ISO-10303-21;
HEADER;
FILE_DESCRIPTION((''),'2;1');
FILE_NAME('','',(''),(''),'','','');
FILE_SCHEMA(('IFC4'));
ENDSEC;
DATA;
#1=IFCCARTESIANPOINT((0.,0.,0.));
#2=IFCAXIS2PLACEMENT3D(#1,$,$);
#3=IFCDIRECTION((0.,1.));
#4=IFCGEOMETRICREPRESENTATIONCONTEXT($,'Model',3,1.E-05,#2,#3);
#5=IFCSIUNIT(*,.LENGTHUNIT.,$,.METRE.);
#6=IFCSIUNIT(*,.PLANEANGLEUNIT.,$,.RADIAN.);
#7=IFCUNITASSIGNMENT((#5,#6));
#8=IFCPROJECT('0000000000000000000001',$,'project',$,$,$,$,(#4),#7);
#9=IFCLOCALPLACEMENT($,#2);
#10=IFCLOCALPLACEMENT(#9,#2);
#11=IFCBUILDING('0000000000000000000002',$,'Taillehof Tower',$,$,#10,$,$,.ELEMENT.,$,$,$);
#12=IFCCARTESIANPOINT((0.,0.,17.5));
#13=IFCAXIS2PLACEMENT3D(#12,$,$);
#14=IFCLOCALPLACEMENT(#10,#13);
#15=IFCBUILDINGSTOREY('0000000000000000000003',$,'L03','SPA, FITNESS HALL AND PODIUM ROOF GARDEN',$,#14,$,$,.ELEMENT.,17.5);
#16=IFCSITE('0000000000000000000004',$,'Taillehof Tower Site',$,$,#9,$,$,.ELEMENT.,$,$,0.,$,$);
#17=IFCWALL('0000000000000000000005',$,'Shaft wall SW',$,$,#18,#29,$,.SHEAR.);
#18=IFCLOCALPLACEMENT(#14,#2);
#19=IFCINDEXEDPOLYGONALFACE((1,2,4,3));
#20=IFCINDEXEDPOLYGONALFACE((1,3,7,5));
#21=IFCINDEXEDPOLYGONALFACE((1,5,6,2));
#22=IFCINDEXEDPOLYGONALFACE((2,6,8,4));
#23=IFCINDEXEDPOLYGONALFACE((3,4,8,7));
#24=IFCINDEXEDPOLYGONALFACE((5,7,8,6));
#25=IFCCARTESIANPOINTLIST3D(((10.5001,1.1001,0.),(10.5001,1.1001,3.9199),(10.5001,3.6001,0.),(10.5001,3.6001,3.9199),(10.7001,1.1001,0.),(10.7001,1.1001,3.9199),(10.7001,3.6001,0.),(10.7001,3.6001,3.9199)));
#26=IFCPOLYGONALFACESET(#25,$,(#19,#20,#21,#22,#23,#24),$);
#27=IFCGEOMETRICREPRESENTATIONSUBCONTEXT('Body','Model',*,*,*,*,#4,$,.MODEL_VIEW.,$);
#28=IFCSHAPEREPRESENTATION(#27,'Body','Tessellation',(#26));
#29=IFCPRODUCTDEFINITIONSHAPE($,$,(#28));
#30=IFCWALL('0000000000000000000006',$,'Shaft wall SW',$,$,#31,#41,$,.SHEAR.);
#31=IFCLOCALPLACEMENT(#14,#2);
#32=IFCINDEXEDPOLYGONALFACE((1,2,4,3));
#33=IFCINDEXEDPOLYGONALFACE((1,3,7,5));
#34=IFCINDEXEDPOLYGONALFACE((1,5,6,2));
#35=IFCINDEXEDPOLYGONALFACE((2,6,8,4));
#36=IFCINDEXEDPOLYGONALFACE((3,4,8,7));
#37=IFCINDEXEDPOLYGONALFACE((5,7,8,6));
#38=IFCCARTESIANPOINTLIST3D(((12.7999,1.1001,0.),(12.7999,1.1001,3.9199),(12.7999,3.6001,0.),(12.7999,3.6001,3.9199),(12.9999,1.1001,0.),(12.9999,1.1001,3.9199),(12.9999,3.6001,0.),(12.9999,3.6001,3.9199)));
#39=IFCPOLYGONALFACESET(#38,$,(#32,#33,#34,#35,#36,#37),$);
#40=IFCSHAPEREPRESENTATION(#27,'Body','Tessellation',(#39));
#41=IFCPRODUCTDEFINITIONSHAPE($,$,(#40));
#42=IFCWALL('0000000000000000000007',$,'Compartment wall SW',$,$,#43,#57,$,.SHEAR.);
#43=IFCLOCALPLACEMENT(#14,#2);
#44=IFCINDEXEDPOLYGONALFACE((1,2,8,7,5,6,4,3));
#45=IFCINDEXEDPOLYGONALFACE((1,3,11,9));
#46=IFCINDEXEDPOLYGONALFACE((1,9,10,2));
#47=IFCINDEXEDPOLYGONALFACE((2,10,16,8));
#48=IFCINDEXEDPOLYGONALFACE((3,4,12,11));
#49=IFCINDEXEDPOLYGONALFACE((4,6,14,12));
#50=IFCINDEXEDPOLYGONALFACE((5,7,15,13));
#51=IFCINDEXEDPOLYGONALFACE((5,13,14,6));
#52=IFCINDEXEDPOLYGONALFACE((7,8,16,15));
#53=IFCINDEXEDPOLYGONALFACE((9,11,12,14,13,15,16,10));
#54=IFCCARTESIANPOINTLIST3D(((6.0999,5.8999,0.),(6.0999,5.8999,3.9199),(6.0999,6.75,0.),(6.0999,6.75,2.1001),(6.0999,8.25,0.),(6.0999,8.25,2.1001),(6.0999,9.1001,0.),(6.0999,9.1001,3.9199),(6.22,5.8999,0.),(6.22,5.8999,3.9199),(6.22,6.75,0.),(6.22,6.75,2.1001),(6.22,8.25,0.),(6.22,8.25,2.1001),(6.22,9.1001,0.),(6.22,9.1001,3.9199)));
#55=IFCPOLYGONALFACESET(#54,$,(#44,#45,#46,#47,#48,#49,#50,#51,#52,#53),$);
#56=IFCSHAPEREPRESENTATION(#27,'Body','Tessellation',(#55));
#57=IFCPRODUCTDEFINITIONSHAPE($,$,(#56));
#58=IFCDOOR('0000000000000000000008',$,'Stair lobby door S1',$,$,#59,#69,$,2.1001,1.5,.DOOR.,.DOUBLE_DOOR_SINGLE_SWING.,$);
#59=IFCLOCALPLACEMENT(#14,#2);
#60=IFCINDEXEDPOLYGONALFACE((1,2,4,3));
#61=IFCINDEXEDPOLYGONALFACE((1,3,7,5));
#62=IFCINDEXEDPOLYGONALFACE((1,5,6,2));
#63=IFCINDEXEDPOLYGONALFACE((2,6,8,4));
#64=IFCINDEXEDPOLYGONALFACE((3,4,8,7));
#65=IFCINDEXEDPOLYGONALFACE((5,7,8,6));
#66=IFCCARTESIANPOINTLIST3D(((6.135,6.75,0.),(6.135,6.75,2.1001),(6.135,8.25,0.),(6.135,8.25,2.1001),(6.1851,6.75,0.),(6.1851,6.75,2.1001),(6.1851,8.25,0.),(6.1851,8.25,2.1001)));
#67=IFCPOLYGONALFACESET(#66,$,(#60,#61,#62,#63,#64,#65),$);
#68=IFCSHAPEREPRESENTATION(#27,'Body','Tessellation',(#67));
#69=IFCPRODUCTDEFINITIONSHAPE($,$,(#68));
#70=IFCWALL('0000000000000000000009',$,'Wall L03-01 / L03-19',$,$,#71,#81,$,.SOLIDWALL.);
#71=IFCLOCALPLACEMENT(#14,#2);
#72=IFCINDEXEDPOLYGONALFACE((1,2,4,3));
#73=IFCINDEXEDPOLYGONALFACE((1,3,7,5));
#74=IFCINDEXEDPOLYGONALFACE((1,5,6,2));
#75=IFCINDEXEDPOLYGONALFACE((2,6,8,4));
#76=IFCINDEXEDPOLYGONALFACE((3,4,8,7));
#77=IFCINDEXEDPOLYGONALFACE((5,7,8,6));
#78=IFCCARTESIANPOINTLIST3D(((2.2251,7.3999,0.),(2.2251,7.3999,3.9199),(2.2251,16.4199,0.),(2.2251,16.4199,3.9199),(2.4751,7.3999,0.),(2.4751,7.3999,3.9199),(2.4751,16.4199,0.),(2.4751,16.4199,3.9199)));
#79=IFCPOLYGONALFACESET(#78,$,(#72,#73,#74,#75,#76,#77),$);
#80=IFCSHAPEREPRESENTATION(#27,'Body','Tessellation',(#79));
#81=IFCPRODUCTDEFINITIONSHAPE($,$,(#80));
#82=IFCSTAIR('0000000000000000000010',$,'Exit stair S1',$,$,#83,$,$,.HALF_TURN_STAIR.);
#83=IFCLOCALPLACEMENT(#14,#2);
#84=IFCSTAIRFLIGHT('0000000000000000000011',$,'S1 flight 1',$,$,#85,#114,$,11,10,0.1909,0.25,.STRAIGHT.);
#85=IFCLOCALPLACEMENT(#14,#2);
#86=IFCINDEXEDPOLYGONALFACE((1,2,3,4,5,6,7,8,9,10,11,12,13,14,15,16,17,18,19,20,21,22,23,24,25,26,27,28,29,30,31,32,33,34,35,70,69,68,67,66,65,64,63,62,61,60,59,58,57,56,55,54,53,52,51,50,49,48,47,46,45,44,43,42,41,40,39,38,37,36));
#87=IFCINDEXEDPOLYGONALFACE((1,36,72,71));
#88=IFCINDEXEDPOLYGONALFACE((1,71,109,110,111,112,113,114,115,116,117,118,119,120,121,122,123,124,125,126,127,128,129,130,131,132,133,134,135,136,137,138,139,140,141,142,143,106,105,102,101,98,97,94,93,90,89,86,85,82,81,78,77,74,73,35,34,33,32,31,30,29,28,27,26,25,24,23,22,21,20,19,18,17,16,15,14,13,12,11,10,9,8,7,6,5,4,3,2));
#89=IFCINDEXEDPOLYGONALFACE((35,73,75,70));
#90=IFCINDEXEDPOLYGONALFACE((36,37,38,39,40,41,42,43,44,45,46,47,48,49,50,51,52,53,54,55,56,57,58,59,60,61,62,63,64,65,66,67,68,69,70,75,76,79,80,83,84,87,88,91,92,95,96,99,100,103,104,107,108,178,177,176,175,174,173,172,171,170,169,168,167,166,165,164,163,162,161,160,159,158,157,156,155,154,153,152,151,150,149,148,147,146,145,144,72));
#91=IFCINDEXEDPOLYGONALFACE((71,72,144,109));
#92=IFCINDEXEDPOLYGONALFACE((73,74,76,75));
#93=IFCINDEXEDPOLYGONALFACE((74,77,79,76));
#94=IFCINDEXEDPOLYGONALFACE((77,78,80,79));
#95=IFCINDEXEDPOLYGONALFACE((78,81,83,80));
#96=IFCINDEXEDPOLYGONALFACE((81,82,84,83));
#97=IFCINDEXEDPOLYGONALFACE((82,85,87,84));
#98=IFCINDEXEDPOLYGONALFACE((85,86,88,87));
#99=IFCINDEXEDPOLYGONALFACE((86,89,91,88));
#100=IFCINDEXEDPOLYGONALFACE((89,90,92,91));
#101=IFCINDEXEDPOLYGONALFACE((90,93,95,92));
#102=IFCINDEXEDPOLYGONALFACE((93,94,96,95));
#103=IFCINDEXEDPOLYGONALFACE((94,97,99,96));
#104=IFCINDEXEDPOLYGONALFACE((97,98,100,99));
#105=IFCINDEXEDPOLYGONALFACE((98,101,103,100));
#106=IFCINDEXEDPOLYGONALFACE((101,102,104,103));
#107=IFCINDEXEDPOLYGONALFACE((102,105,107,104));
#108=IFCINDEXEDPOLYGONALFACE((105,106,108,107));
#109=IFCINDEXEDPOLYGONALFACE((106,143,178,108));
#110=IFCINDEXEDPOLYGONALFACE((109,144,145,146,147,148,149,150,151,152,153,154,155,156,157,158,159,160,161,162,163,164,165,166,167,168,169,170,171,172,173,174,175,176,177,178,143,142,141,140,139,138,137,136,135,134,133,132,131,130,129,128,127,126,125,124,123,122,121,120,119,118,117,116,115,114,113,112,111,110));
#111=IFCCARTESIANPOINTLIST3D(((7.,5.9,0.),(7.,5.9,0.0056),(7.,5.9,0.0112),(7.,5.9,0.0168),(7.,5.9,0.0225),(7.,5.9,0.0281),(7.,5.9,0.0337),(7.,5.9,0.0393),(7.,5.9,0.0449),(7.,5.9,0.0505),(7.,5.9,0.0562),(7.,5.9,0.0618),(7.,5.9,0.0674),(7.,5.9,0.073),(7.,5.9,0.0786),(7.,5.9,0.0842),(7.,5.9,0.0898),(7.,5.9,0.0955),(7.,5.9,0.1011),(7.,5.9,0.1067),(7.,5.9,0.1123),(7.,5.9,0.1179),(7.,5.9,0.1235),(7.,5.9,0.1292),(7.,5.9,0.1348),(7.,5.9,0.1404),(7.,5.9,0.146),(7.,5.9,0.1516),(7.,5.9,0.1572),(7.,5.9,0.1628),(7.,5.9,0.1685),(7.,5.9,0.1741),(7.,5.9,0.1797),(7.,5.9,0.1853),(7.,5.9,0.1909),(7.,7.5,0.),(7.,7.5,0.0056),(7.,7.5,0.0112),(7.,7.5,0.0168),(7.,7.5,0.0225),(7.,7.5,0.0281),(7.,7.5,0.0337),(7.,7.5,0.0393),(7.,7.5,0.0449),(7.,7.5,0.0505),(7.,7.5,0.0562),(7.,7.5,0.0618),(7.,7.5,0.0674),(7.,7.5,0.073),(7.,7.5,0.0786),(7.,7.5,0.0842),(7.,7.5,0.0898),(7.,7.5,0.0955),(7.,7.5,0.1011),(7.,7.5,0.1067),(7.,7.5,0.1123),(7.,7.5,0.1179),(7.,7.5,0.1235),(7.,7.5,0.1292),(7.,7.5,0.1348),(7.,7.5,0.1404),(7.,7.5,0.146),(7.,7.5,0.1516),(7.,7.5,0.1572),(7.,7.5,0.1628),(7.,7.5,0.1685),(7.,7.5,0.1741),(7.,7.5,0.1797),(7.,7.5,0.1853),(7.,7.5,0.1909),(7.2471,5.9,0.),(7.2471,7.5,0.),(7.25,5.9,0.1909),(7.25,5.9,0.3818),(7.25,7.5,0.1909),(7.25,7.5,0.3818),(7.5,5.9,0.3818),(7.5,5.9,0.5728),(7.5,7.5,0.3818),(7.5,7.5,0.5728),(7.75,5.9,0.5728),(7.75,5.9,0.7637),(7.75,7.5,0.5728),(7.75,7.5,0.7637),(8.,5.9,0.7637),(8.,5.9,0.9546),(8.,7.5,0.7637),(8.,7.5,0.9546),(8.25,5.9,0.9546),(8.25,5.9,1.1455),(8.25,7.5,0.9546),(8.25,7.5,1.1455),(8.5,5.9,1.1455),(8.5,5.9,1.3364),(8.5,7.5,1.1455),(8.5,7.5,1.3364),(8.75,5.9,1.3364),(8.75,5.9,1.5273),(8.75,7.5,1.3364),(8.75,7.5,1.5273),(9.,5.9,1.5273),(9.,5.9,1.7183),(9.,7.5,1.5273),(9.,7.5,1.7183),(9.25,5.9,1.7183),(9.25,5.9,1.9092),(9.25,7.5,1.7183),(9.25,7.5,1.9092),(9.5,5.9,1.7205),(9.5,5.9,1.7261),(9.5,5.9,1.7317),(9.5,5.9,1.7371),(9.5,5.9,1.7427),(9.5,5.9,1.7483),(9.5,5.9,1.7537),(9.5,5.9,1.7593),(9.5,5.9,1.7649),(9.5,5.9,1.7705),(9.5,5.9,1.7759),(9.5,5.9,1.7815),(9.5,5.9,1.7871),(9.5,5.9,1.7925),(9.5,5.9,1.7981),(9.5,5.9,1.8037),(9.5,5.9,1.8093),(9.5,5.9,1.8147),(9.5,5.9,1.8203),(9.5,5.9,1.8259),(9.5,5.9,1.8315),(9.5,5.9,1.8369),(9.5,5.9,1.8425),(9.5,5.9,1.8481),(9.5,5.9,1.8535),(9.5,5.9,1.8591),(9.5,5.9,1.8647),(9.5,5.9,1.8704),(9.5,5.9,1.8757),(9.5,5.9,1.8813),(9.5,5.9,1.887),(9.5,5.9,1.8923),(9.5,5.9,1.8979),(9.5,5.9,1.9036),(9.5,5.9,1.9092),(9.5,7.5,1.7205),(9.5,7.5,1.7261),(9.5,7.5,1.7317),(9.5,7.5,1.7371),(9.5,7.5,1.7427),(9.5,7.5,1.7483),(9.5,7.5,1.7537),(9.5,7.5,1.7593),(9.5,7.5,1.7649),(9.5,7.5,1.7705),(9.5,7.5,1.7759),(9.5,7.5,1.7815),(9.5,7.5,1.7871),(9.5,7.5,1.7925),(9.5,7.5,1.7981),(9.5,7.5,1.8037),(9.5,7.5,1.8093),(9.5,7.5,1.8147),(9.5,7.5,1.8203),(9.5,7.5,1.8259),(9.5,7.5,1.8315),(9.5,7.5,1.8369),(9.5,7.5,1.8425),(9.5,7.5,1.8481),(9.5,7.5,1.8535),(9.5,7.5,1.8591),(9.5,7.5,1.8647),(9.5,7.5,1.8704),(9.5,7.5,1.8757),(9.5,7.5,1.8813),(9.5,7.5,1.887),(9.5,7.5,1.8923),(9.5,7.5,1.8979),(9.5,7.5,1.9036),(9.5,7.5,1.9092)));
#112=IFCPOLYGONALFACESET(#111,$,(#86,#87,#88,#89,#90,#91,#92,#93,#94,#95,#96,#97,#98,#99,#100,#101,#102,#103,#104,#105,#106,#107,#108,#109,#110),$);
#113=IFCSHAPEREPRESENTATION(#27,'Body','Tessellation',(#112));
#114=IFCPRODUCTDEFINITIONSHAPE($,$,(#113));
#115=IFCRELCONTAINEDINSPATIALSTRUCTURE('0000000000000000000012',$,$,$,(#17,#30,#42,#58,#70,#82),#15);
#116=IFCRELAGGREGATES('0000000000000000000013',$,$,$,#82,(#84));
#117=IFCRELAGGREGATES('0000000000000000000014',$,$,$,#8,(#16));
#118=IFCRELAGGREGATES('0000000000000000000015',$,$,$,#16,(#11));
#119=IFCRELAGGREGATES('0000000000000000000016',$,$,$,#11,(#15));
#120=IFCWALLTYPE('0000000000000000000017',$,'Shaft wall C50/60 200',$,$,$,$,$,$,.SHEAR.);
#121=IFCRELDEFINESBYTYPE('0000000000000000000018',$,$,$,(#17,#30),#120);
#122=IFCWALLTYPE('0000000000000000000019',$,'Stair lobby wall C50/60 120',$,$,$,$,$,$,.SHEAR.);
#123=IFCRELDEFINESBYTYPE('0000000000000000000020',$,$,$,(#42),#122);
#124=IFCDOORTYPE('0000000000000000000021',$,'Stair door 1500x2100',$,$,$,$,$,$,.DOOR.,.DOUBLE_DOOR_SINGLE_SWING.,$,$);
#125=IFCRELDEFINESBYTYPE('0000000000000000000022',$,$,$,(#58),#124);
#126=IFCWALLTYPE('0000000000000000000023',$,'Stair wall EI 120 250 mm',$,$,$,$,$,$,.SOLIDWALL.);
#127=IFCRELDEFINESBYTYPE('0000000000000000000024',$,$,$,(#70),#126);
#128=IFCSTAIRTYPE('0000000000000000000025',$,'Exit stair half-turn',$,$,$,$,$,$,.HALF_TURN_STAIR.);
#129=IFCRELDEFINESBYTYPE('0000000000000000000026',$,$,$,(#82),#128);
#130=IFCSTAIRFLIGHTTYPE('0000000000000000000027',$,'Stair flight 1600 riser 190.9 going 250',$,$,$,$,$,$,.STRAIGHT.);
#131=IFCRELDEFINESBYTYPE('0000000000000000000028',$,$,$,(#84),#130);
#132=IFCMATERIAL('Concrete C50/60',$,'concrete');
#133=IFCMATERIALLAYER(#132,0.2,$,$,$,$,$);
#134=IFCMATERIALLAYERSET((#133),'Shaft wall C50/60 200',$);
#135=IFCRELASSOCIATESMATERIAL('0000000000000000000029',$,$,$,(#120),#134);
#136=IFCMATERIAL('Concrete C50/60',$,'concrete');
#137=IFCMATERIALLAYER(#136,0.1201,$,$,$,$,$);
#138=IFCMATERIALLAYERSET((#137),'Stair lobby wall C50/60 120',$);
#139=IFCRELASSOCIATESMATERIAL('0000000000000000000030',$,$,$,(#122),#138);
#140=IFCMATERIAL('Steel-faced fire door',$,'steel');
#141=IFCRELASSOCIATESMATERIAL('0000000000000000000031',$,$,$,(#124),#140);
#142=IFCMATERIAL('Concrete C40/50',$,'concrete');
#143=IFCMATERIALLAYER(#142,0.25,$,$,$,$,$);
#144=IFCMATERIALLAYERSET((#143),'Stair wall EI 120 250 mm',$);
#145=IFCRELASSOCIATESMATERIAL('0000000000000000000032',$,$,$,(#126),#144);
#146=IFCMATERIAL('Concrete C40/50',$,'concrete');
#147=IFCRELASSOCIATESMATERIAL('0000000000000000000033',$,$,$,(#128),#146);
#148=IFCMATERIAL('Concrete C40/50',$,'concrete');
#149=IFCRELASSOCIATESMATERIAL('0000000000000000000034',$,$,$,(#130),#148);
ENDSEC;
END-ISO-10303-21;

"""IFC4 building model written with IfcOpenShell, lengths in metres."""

from ifc_helpers import new_model, si_unit, direction, frame, frame_2d, origin, place, context, subcontext, project, spatial, polyline, rectangle, outline, extrude, material, layer, layer_set, type_object, element, fill, aggregate, save


model = new_model("IFC4")

# Units and contexts
model_context = context("Model", 3, precision=1e-05, world=origin(), true_north=direction((0.0, 1.0)))
body_context = subcontext(model_context, "Body", "Model", "MODEL_VIEW")
ifc_project = project(units=[si_unit("LENGTHUNIT", "METRE"), si_unit("PLANEANGLEUNIT", "RADIAN")], contexts=[model_context])

# Site, building, storey
site_placement = place(None, origin())
site = spatial("IfcSite", under=ifc_project, at=site_placement, Name="Taillehof Tower Site", CompositionType="ELEMENT", RefElevation=0.0)
building_placement = place(site_placement, origin())
building = spatial("IfcBuilding", under=site, at=building_placement, Name="Taillehof Tower", CompositionType="ELEMENT")
storey_placement = place(building_placement, frame((0.0, 0.0, 17.5)))
storey = spatial("IfcBuildingStorey", under=building, at=storey_placement, Name="L03", Description="SPA, FITNESS HALL AND PODIUM ROOF GARDEN", CompositionType="ELEMENT", Elevation=17.5)

# Shared definitions
ifc_material_1 = material(Name="Concrete C50/60", Category="concrete")
ifc_layer_1 = layer(ifc_material_1, 0.2)
ifc_layer_set_1 = layer_set([ifc_layer_1], Name="Shaft wall C50/60 200")
wall_type_1 = type_object("IfcWallType", Name="Shaft wall C50/60 200", PredefinedType="SHEAR", material=ifc_layer_set_1)

# Walls
for number, where, z_axis, x_axis, name in (
    (1, (10.6001, 1.1001, 0.0), (0.0, 0.0, 1.0), (0.0, 1.0, 0.0), "Shaft wall SW"),
    (2, (12.8999, 1.1001, 0.0), (0.0, 0.0, 1.0), (0.0, 1.0, 0.0), "Shaft wall SW"),
):
    element("IfcWall", number, at=place(storey_placement, frame(where, z_axis=z_axis, x_axis=x_axis)), inside=storey, type_object=wall_type_1, Name=name, PredefinedType="SHEAR", context=body_context, shape_type="SweptSolid", body=[
        extrude(rectangle(XDim=2.5, YDim=0.2, at=frame_2d((1.25, 0.0))), origin(), (0.0, 0.0, 1.0), 3.9199),
    ])

# Wall, opening, door
ifc_material_2 = material(Name="Concrete C50/60", Category="concrete")
ifc_layer_2 = layer(ifc_material_2, 0.1201)
ifc_layer_set_2 = layer_set([ifc_layer_2], Name="Stair lobby wall C50/60 120")
wall_type_2 = type_object("IfcWallType", Name="Stair lobby wall C50/60 120", PredefinedType="SHEAR", material=ifc_layer_set_2)
wall_1_placement = place(storey_placement, frame((6.1599, 5.8999, 0.0), z_axis=(0.0, 0.0, 1.0), x_axis=(0.0, 1.0, 0.0)))
wall_1 = element("IfcWall", 3, at=wall_1_placement, inside=storey, type_object=wall_type_2, Name="Compartment wall SW", PredefinedType="SHEAR", context=body_context, shape_type="SweptSolid", body=[
    extrude(rectangle(XDim=3.2002, YDim=0.1201, at=frame_2d((1.6001, 0.0))), origin(), (0.0, 0.0, 1.0), 3.9199),
])
opening_1_placement = place(wall_1_placement, frame((0.8501, 0.0, 0.0)))
opening_1 = element("IfcOpeningElement", 4, at=opening_1_placement, cuts=wall_1, PredefinedType="OPENING", context=body_context, shape_type="SweptSolid", body=[
    extrude(rectangle(XDim=1.5, YDim=2.1001, at=frame_2d((0.75, 1.05))), frame((0.0, 0.0701, 0.0), z_axis=(0.0, -1.0, 0.0), x_axis=(1.0, 0.0, 0.0)), (0.0, 0.0, 1.0), 0.1401),
])
ifc_material_3 = material(Name="Steel-faced fire door", Category="steel")
door_type_1 = type_object("IfcDoorType", Name="Stair door 1500x2100", OperationType="DOUBLE_DOOR_SINGLE_SWING", PredefinedType="DOOR", material=ifc_material_3)
door_1_placement = place(opening_1_placement, origin())
door_1 = element("IfcDoor", 5, at=door_1_placement, inside=storey, type_object=door_type_1, Name="Stair lobby door S1", OperationType="DOUBLE_DOOR_SINGLE_SWING", OverallHeight=2.1001, OverallWidth=1.5, PredefinedType="DOOR", context=body_context, shape_type="SweptSolid", body=[
    extrude(rectangle(XDim=1.5, YDim=2.1001, at=frame_2d((0.75, 1.05))), frame((0.0, 0.0249, 0.0), z_axis=(0.0, -1.0, 0.0), x_axis=(1.0, 0.0, 0.0)), (0.0, 0.0, 1.0), 0.05),
])
fill(opening_1, door_1)

# Wall
ifc_material_4 = material(Name="Concrete C40/50", Category="concrete")
ifc_layer_3 = layer(ifc_material_4, 0.25)
ifc_layer_set_3 = layer_set([ifc_layer_3], Name="Stair wall EI 120 250 mm")
wall_type_3 = type_object("IfcWallType", Name="Stair wall EI 120 250 mm", PredefinedType="SOLIDWALL", material=ifc_layer_set_3)
wall_2_placement = place(storey_placement, frame((2.3501, 7.3999, 0.0), z_axis=(0.0, 0.0, 1.0), x_axis=(0.0, 1.0, 0.0)))
element("IfcWall", 6, at=wall_2_placement, inside=storey, type_object=wall_type_3, Name="Wall L03-01 / L03-19", PredefinedType="SOLIDWALL", context=body_context, shape_type="SweptSolid", body=[
    extrude(rectangle(XDim=9.02, YDim=0.25, at=frame_2d((4.51, 0.0))), origin(), (0.0, 0.0, 1.0), 3.9199),
])

# Stair, stair flight
ifc_material_5 = material(Name="Concrete C40/50", Category="concrete")
stair_type = type_object("IfcStairType", Name="Exit stair half-turn", PredefinedType="HALF_TURN_STAIR", material=ifc_material_5)
stair_placement = place(storey_placement, origin())
stair = element("IfcStair", 7, at=stair_placement, inside=storey, type_object=stair_type, Name="Exit stair S1", PredefinedType="HALF_TURN_STAIR")
ifc_material_6 = material(Name="Concrete C40/50", Category="concrete")
stair_flight_type = type_object("IfcStairFlightType", Name="Stair flight 1600 riser 190.9 going 250", PredefinedType="STRAIGHT", material=ifc_material_6)
stair_flight_1_placement = place(storey_placement, frame((7.0, 6.7, 0.0), z_axis=(0.0, 0.0, 1.0), x_axis=(1.0, 0.0, 0.0)))
stair_flight_1 = element("IfcStairFlight", 8, at=stair_flight_1_placement, type_object=stair_flight_type, Name="S1 flight 1", NumberOfRisers=11, NumberOfTreads=10, PredefinedType="STRAIGHT", RiserHeight=0.1909, TreadLength=0.25, context=body_context, shape_type="SweptSolid", body=[
    extrude(outline(polyline([(0.0, 0.0), (0.0, 0.0056), (0.0, 0.0112), (0.0, 0.0168), (0.0, 0.0225), (0.0, 0.0281), (0.0, 0.0337), (0.0, 0.0393), (0.0, 0.0449), (0.0, 0.0505), (0.0, 0.0562), (0.0, 0.0618), (0.0, 0.0674), (0.0, 0.073), (0.0, 0.0786), (0.0, 0.0842), (0.0, 0.0898), (0.0, 0.0955), (0.0, 0.1011), (0.0, 0.1067), (0.0, 0.1123), (0.0, 0.1179), (0.0, 0.1235), (0.0, 0.1292), (0.0, 0.1348), (0.0, 0.1404), (0.0, 0.146), (0.0, 0.1516), (0.0, 0.1572), (0.0, 0.1628), (0.0, 0.1685), (0.0, 0.1741), (0.0, 0.1797), (0.0, 0.1853), (0.0, 0.1909), (0.25, 0.1909), (0.25, 0.3818), (0.5, 0.3818), (0.5, 0.5728), (0.75, 0.5728), (0.75, 0.7637), (1.0, 0.7637), (1.0, 0.9546), (1.25, 0.9546), (1.25, 1.1455), (1.5, 1.1455), (1.5, 1.3364), (1.75, 1.3364), (1.75, 1.5273), (2.0, 1.5273), (2.0, 1.7183), (2.25, 1.7183), (2.25, 1.9092), (2.5, 1.9092), (2.5, 1.9036), (2.5, 1.8979), (2.5, 1.8923), (2.5, 1.887), (2.5, 1.8813), (2.5, 1.8757), (2.5, 1.8704), (2.5, 1.8647), (2.5, 1.8591), (2.5, 1.8535), (2.5, 1.8481), (2.5, 1.8425), (2.5, 1.8369), (2.5, 1.8315), (2.5, 1.8259), (2.5, 1.8203), (2.5, 1.8147), (2.5, 1.8093), (2.5, 1.8037), (2.5, 1.7981), (2.5, 1.7925), (2.5, 1.7871), (2.5, 1.7815), (2.5, 1.7759), (2.5, 1.7705), (2.5, 1.7649), (2.5, 1.7593), (2.5, 1.7537), (2.5, 1.7483), (2.5, 1.7427), (2.5, 1.7371), (2.5, 1.7317), (2.5, 1.7261), (2.5, 1.7205), (0.2471, 0.0), (0.0, 0.0)])), frame((0.0, 0.8, 0.0), z_axis=(0.0, -1.0, 0.0), x_axis=(1.0, 0.0, 0.0)), (0.0, 0.0, 1.0), 1.6),
])
aggregate(stair, [stair_flight_1])

save(model, "model.ifc")
